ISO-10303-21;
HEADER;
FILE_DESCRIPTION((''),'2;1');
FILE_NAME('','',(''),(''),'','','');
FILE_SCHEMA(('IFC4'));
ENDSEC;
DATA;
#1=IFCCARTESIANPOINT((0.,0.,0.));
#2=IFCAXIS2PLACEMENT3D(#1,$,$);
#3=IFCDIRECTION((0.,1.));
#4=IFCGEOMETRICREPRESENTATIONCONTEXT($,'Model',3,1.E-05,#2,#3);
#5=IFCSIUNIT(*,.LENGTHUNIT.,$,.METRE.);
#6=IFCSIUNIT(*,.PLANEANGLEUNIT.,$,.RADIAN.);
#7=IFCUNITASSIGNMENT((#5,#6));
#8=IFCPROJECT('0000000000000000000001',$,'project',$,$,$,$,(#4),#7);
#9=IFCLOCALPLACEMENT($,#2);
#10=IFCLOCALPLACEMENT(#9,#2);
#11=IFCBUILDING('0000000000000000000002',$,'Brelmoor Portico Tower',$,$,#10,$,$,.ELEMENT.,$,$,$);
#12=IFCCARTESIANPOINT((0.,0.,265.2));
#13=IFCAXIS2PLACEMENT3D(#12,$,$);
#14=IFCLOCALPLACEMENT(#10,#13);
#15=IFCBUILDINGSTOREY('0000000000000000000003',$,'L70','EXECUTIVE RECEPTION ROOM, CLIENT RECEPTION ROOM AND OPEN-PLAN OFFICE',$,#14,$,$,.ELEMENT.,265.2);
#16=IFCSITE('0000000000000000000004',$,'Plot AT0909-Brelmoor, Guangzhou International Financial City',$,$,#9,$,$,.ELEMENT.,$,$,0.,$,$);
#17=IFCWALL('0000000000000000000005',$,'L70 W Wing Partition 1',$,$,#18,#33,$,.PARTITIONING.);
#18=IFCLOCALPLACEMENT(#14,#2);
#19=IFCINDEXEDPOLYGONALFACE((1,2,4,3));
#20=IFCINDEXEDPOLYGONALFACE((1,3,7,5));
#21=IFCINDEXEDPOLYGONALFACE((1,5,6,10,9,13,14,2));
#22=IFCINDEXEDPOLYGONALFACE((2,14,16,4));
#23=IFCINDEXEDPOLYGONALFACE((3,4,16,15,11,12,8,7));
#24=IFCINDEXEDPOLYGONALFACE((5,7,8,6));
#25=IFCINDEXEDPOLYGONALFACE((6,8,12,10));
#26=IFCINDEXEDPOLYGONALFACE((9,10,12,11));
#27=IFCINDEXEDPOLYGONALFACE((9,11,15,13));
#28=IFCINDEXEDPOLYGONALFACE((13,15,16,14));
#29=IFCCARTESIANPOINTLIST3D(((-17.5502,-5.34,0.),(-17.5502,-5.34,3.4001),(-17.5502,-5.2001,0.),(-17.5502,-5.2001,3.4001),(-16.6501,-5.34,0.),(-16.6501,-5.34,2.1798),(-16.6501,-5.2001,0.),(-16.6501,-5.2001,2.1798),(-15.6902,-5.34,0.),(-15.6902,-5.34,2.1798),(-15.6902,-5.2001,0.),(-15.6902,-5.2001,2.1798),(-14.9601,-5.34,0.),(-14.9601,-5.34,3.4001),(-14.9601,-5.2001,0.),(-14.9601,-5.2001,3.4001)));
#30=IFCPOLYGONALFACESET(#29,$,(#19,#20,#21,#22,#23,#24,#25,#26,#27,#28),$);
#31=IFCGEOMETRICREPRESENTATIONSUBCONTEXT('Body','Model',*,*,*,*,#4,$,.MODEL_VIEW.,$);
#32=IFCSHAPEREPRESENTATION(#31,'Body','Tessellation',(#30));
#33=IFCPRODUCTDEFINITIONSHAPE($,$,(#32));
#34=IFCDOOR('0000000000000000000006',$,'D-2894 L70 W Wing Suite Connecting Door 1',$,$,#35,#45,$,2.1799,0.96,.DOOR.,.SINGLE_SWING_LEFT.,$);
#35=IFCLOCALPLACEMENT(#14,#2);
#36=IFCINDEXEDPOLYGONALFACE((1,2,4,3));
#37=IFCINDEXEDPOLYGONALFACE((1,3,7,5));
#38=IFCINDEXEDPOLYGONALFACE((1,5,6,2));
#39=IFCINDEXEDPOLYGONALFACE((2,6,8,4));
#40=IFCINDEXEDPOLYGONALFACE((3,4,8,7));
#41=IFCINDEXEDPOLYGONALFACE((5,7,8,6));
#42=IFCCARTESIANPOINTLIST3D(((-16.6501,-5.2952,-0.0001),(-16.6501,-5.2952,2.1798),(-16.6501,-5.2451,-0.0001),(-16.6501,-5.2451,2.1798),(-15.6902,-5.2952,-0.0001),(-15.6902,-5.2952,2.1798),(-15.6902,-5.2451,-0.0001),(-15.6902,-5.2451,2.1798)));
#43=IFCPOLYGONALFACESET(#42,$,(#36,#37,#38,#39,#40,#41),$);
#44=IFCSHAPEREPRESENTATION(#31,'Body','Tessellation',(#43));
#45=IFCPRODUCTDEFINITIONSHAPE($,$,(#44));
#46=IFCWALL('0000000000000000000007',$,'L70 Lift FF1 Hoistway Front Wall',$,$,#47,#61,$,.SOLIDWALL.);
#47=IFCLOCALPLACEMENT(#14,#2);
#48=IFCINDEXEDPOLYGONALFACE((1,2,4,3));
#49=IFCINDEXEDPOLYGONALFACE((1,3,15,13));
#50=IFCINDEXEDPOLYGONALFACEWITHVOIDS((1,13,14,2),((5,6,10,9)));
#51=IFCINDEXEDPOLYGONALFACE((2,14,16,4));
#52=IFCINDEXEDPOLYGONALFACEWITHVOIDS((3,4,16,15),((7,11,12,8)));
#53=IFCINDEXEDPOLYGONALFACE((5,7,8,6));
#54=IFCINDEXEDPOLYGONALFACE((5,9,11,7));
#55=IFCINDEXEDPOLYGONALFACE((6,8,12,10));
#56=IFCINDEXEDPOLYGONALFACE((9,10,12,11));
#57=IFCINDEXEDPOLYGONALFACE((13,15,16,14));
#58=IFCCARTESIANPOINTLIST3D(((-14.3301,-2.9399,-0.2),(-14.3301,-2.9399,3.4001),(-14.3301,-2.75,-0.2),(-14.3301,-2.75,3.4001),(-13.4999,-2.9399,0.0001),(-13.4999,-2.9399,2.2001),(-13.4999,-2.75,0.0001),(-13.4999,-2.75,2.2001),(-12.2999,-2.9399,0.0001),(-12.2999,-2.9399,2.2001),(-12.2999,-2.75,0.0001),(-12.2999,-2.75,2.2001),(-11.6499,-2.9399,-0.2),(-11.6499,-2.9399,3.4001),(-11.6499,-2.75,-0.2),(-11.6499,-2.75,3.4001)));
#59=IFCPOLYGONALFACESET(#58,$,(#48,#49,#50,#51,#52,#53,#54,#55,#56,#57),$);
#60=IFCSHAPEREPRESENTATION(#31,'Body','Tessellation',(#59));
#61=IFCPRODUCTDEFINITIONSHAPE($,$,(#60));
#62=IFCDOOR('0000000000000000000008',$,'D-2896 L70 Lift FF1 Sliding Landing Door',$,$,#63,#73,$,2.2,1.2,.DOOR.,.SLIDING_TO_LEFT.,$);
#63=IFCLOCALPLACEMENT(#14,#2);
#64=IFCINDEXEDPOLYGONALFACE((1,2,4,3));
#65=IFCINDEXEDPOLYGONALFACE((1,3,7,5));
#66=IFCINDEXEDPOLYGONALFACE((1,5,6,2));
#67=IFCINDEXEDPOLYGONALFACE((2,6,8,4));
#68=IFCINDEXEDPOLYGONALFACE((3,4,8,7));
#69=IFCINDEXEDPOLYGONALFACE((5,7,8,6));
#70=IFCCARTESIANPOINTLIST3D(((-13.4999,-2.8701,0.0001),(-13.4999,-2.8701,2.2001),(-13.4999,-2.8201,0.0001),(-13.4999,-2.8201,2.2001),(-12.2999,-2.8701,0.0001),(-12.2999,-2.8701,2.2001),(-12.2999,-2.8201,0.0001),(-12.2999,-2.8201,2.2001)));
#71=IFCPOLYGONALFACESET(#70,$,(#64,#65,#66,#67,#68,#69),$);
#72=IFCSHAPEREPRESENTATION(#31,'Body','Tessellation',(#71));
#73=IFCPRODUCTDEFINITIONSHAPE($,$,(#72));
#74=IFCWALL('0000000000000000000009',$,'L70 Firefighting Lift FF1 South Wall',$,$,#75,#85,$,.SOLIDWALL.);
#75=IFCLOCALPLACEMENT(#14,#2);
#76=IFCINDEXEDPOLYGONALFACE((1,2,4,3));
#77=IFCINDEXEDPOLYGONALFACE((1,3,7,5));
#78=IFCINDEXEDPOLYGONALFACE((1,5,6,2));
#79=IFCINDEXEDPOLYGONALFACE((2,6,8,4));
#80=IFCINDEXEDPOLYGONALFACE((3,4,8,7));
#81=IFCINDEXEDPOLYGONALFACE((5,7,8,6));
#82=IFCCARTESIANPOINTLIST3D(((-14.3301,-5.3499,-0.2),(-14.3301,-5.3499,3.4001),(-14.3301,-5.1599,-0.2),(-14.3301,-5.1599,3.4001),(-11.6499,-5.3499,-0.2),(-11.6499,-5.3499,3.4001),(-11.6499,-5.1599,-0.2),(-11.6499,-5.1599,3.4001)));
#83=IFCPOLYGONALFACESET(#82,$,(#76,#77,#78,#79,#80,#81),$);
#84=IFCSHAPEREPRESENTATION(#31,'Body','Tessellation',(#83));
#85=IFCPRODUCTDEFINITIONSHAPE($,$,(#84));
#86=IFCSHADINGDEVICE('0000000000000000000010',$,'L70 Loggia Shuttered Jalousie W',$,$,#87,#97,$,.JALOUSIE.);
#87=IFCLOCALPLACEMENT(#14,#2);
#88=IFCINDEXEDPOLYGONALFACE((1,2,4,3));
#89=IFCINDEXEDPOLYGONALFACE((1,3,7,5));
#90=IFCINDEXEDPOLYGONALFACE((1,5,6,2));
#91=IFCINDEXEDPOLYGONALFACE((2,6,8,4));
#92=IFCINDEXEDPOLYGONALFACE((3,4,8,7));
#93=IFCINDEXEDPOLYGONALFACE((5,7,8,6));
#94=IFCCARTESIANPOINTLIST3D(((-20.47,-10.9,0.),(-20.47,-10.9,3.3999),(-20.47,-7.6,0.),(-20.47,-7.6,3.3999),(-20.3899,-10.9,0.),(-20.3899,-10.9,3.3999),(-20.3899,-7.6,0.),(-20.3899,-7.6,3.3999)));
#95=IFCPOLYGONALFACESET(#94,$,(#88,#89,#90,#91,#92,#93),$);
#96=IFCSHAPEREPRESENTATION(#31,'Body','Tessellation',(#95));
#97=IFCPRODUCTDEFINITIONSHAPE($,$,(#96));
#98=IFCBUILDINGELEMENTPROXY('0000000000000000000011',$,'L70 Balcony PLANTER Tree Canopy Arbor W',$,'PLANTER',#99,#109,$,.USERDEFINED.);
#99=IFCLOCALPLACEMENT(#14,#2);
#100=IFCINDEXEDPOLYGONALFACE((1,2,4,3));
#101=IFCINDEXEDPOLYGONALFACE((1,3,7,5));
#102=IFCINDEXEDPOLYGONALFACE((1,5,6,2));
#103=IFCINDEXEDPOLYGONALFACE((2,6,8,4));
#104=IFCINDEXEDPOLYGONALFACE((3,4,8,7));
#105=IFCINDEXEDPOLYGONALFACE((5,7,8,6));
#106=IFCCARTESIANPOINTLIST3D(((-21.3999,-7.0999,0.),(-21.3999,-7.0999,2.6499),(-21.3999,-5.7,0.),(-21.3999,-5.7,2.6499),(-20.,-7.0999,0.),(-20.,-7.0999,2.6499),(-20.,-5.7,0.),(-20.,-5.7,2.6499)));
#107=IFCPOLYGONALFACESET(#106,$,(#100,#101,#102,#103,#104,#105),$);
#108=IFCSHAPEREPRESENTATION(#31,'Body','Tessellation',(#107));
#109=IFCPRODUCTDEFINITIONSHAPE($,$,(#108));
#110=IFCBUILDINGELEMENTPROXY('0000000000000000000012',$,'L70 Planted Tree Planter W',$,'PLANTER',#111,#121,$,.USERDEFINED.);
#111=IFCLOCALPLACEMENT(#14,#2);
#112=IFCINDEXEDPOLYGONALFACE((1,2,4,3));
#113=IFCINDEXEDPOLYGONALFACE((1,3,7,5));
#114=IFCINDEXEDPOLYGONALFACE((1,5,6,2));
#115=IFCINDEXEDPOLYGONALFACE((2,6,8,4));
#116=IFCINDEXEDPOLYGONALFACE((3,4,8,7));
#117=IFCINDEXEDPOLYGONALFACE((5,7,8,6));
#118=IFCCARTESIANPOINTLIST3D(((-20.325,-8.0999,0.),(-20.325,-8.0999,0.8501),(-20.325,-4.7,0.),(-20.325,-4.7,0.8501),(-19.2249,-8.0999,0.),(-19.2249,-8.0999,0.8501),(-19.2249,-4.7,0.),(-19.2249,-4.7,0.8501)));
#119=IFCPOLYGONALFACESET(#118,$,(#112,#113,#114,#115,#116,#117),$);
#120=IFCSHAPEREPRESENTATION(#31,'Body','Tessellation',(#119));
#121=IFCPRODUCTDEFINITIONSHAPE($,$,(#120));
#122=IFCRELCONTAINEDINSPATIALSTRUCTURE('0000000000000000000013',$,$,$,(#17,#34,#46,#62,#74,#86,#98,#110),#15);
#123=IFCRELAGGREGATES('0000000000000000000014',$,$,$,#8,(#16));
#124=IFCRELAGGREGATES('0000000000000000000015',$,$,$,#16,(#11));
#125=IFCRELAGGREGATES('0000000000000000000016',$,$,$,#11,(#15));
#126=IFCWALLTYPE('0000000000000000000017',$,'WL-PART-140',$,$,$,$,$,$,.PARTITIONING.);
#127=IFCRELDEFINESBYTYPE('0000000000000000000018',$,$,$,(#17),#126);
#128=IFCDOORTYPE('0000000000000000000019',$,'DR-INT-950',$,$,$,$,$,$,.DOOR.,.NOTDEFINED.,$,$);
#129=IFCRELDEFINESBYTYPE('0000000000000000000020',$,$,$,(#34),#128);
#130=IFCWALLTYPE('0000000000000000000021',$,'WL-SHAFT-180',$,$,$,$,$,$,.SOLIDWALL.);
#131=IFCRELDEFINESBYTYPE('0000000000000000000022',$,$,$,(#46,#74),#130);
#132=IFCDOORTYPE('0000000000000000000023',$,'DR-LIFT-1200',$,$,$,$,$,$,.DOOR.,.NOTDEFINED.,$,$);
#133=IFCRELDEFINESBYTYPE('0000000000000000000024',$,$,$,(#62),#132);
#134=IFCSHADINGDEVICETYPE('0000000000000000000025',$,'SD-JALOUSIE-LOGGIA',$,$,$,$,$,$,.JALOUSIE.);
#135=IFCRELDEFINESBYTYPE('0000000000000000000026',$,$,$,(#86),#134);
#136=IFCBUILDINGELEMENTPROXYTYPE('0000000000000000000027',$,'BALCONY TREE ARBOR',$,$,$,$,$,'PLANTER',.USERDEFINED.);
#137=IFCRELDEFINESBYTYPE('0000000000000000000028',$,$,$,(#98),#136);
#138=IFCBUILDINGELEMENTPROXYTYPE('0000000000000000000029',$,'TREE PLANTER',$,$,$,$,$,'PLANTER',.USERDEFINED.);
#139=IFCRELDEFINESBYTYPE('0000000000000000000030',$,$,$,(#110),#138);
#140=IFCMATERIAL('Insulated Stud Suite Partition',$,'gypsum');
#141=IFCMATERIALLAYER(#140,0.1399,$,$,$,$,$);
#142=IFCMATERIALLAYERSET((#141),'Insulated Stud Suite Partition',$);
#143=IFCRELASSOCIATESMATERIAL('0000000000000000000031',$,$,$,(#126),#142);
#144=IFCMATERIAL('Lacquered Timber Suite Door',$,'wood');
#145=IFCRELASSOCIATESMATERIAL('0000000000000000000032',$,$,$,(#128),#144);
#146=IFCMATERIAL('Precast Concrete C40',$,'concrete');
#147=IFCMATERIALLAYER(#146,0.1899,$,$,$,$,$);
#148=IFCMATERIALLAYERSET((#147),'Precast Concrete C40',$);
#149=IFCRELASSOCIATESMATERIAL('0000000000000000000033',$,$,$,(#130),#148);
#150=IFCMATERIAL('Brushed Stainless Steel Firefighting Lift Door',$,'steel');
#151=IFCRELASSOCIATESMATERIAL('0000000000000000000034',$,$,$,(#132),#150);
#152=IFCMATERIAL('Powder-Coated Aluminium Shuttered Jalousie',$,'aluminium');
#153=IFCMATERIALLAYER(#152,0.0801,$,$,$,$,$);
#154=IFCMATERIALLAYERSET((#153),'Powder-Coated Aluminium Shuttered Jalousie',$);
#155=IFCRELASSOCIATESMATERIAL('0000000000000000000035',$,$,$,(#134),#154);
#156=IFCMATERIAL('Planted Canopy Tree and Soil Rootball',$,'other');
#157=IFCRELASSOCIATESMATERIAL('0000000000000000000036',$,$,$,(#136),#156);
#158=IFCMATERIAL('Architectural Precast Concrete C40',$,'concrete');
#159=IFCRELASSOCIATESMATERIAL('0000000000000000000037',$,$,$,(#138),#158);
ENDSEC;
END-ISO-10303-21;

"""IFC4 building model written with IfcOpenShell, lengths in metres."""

from ifc_helpers import new_model, si_unit, direction, frame, frame_2d, origin, origin_2d, place, context, subcontext, project, spatial, rectangle, extrude, material, layer, layer_set, type_object, element, fill, save


model = new_model("IFC4")

# Units and contexts
model_context = context("Model", 3, precision=1e-05, world=origin(), true_north=direction((0.0, 1.0)))
body_context = subcontext(model_context, "Body", "Model", "MODEL_VIEW")
ifc_project = project(units=[si_unit("LENGTHUNIT", "METRE"), si_unit("PLANEANGLEUNIT", "RADIAN")], contexts=[model_context])

# Site, building, storey
site_placement = place(None, origin())
site = spatial("IfcSite", under=ifc_project, at=site_placement, Name="Plot AT0909-Brelmoor, Guangzhou International Financial City", CompositionType="ELEMENT", RefElevation=0.0)
building_placement = place(site_placement, origin())
building = spatial("IfcBuilding", under=site, at=building_placement, Name="Brelmoor Portico Tower", CompositionType="ELEMENT")
storey_placement = place(building_placement, frame((0.0, 0.0, 265.2)))
storey = spatial("IfcBuildingStorey", under=building, at=storey_placement, Name="L70", Description="EXECUTIVE RECEPTION ROOM, CLIENT RECEPTION ROOM AND OPEN-PLAN OFFICE", CompositionType="ELEMENT", Elevation=265.2)

# Walls, openings, doors
ifc_material_1 = material(Name="Insulated Stud Suite Partition", Category="gypsum")
ifc_layer_1 = layer(ifc_material_1, 0.1399)
ifc_layer_set_1 = layer_set([ifc_layer_1], Name="Insulated Stud Suite Partition")
wall_type_1 = type_object("IfcWallType", Name="WL-PART-140", PredefinedType="PARTITIONING", material=ifc_layer_set_1)
ifc_material_2 = material(Name="Lacquered Timber Suite Door", Category="wood")
door_type_1 = type_object("IfcDoorType", Name="DR-INT-950", OperationType="NOTDEFINED", PredefinedType="DOOR", material=ifc_material_2)
wall_1_placement = place(storey_placement, frame((-17.55, -5.27, 0.0), z_axis=(0.0, 0.0, 1.0), x_axis=(1.0, 0.0, 0.0)))
wall_1 = element("IfcWall", 1, at=wall_1_placement, inside=storey, type_object=wall_type_1, Name="L70 W Wing Partition 1", PredefinedType="PARTITIONING", context=body_context, shape_type="SweptSolid", body=[
    extrude(rectangle(XDim=2.5901, YDim=0.1399, at=frame_2d((1.2949, 0.0))), origin(), (0.0, 0.0, 1.0), 3.4001),
])
opening_1_placement = place(wall_1_placement, frame((0.8999, 0.0, 0.0)))
opening_1 = element("IfcOpeningElement", 2, at=opening_1_placement, cuts=wall_1, PredefinedType="OPENING", context=body_context, shape_type="SweptSolid", body=[
    extrude(rectangle(XDim=0.96, YDim=2.1799, at=frame_2d((0.48, 1.0898))), frame((0.0, 0.0798, 0.0), z_axis=(0.0, -1.0, 0.0), x_axis=(1.0, 0.0, 0.0)), (0.0, 0.0, 1.0), 0.1599),
])
door_1_placement = place(opening_1_placement, origin())
door_1 = element("IfcDoor", 3, at=door_1_placement, inside=storey, type_object=door_type_1, Name="D-2894 L70 W Wing Suite Connecting Door 1", OperationType="SINGLE_SWING_LEFT", OverallHeight=2.1799, OverallWidth=0.96, PredefinedType="DOOR", context=body_context, shape_type="SweptSolid", body=[
    extrude(rectangle(XDim=0.96, YDim=2.1799, at=frame_2d((0.48, 1.0898))), frame((0.0, 0.0249, 0.0), z_axis=(0.0, -1.0, 0.0), x_axis=(1.0, 0.0, 0.0)), (0.0, 0.0, 1.0), 0.05),
])
fill(opening_1, door_1)
ifc_material_3 = material(Name="Precast Concrete C40", Category="concrete")
ifc_layer_2 = layer(ifc_material_3, 0.1899)
ifc_layer_set_2 = layer_set([ifc_layer_2], Name="Precast Concrete C40")
wall_type_2 = type_object("IfcWallType", Name="WL-SHAFT-180", PredefinedType="SOLIDWALL", material=ifc_layer_set_2)
wall_2_placement = place(storey_placement, frame((-14.3301, -2.845, -0.2), z_axis=(0.0, 0.0, 1.0), x_axis=(1.0, 0.0, 0.0)))
wall_2 = element("IfcWall", 4, at=wall_2_placement, inside=storey, type_object=wall_type_2, Name="L70 Lift FF1 Hoistway Front Wall", PredefinedType="SOLIDWALL", context=body_context, shape_type="SweptSolid", body=[
    extrude(rectangle(XDim=2.6802, YDim=0.1899, at=frame_2d((1.3401, 0.0))), origin(), (0.0, 0.0, 1.0), 3.6001),
])
opening_2_placement = place(wall_2_placement, frame((0.8301, 0.0, 0.2)))
opening_2 = element("IfcOpeningElement", 5, at=opening_2_placement, cuts=wall_2, PredefinedType="OPENING", context=body_context, shape_type="SweptSolid", body=[
    extrude(rectangle(XDim=1.2, YDim=2.2, at=frame_2d((0.6001, 1.1001))), frame((0.0, 0.105, 0.0), z_axis=(0.0, -1.0, 0.0), x_axis=(1.0, 0.0, 0.0)), (0.0, 0.0, 1.0), 0.21),
])
ifc_material_4 = material(Name="Brushed Stainless Steel Firefighting Lift Door", Category="steel")
door_type_2 = type_object("IfcDoorType", Name="DR-LIFT-1200", OperationType="NOTDEFINED", PredefinedType="DOOR", material=ifc_material_4)
door_2_placement = place(opening_2_placement, origin())
door_2 = element("IfcDoor", 6, at=door_2_placement, inside=storey, type_object=door_type_2, Name="D-2896 L70 Lift FF1 Sliding Landing Door", OperationType="SLIDING_TO_LEFT", OverallHeight=2.2, OverallWidth=1.2, PredefinedType="DOOR", context=body_context, shape_type="SweptSolid", body=[
    extrude(rectangle(XDim=1.2, YDim=2.2, at=frame_2d((0.6001, 1.1001))), frame((0.0, 0.0249, 0.0), z_axis=(0.0, -1.0, 0.0), x_axis=(1.0, 0.0, 0.0)), (0.0, 0.0, 1.0), 0.05),
])
fill(opening_2, door_2)

# Wall
wall_3_placement = place(storey_placement, frame((-14.3301, -5.2549, -0.2), z_axis=(0.0, 0.0, 1.0), x_axis=(1.0, 0.0, 0.0)))
element("IfcWall", 7, at=wall_3_placement, inside=storey, type_object=wall_type_2, Name="L70 Firefighting Lift FF1 South Wall", PredefinedType="SOLIDWALL", context=body_context, shape_type="SweptSolid", body=[
    extrude(rectangle(XDim=2.6802, YDim=0.1899, at=frame_2d((1.3401, 0.0))), origin(), (0.0, 0.0, 1.0), 3.6001),
])

# Shading device
ifc_material_5 = material(Name="Powder-Coated Aluminium Shuttered Jalousie", Category="aluminium")
ifc_layer_3 = layer(ifc_material_5, 0.0801)
ifc_layer_set_3 = layer_set([ifc_layer_3], Name="Powder-Coated Aluminium Shuttered Jalousie")
shading_device_type = type_object("IfcShadingDeviceType", Name="SD-JALOUSIE-LOGGIA", PredefinedType="JALOUSIE", material=ifc_layer_set_3)
shading_device_placement = place(storey_placement, frame((-20.4299, -9.25, 0.0), z_axis=(0.0, 0.0, 1.0), x_axis=(0.0, 1.0, 0.0)))
element("IfcShadingDevice", 8, at=shading_device_placement, inside=storey, type_object=shading_device_type, Name="L70 Loggia Shuttered Jalousie W", PredefinedType="JALOUSIE", context=body_context, shape_type="SweptSolid", body=[
    extrude(rectangle(XDim=3.3, YDim=0.0801, at=origin_2d()), origin(), (0.0, 0.0, 1.0), 3.3999),
])

# Building element proxies
ifc_material_6 = material(Name="Planted Canopy Tree and Soil Rootball", Category="other")
building_element_proxy_type_1 = type_object("IfcBuildingElementProxyType", Name="BALCONY TREE ARBOR", ElementType="PLANTER", PredefinedType="USERDEFINED", material=ifc_material_6)
proxy_1_placement = place(storey_placement, frame((-20.7, -6.3999, 0.0), z_axis=(0.0, 0.0, 1.0), x_axis=(1.0, 0.0, 0.0)))
element("IfcBuildingElementProxy", 9, at=proxy_1_placement, inside=storey, type_object=building_element_proxy_type_1, Name="L70 Balcony PLANTER Tree Canopy Arbor W", ObjectType="PLANTER", PredefinedType="USERDEFINED", context=body_context, shape_type="SweptSolid", body=[
    extrude(rectangle(XDim=1.3999, YDim=1.3999, at=origin_2d()), origin(), (0.0, 0.0, 1.0), 2.6499),
])
ifc_material_7 = material(Name="Architectural Precast Concrete C40", Category="concrete")
building_element_proxy_type_2 = type_object("IfcBuildingElementProxyType", Name="TREE PLANTER", ElementType="PLANTER", PredefinedType="USERDEFINED", material=ifc_material_7)
proxy_2_placement = place(storey_placement, frame((-19.7749, -6.3999, 0.0), z_axis=(0.0, 0.0, 1.0), x_axis=(0.0, 1.0, 0.0)))
element("IfcBuildingElementProxy", 10, at=proxy_2_placement, inside=storey, type_object=building_element_proxy_type_2, Name="L70 Planted Tree Planter W", ObjectType="PLANTER", PredefinedType="USERDEFINED", context=body_context, shape_type="SweptSolid", body=[
    extrude(rectangle(XDim=3.3999, YDim=1.1001, at=origin_2d()), origin(), (0.0, 0.0, 1.0), 0.8501),
])

save(model, "model.ifc")
